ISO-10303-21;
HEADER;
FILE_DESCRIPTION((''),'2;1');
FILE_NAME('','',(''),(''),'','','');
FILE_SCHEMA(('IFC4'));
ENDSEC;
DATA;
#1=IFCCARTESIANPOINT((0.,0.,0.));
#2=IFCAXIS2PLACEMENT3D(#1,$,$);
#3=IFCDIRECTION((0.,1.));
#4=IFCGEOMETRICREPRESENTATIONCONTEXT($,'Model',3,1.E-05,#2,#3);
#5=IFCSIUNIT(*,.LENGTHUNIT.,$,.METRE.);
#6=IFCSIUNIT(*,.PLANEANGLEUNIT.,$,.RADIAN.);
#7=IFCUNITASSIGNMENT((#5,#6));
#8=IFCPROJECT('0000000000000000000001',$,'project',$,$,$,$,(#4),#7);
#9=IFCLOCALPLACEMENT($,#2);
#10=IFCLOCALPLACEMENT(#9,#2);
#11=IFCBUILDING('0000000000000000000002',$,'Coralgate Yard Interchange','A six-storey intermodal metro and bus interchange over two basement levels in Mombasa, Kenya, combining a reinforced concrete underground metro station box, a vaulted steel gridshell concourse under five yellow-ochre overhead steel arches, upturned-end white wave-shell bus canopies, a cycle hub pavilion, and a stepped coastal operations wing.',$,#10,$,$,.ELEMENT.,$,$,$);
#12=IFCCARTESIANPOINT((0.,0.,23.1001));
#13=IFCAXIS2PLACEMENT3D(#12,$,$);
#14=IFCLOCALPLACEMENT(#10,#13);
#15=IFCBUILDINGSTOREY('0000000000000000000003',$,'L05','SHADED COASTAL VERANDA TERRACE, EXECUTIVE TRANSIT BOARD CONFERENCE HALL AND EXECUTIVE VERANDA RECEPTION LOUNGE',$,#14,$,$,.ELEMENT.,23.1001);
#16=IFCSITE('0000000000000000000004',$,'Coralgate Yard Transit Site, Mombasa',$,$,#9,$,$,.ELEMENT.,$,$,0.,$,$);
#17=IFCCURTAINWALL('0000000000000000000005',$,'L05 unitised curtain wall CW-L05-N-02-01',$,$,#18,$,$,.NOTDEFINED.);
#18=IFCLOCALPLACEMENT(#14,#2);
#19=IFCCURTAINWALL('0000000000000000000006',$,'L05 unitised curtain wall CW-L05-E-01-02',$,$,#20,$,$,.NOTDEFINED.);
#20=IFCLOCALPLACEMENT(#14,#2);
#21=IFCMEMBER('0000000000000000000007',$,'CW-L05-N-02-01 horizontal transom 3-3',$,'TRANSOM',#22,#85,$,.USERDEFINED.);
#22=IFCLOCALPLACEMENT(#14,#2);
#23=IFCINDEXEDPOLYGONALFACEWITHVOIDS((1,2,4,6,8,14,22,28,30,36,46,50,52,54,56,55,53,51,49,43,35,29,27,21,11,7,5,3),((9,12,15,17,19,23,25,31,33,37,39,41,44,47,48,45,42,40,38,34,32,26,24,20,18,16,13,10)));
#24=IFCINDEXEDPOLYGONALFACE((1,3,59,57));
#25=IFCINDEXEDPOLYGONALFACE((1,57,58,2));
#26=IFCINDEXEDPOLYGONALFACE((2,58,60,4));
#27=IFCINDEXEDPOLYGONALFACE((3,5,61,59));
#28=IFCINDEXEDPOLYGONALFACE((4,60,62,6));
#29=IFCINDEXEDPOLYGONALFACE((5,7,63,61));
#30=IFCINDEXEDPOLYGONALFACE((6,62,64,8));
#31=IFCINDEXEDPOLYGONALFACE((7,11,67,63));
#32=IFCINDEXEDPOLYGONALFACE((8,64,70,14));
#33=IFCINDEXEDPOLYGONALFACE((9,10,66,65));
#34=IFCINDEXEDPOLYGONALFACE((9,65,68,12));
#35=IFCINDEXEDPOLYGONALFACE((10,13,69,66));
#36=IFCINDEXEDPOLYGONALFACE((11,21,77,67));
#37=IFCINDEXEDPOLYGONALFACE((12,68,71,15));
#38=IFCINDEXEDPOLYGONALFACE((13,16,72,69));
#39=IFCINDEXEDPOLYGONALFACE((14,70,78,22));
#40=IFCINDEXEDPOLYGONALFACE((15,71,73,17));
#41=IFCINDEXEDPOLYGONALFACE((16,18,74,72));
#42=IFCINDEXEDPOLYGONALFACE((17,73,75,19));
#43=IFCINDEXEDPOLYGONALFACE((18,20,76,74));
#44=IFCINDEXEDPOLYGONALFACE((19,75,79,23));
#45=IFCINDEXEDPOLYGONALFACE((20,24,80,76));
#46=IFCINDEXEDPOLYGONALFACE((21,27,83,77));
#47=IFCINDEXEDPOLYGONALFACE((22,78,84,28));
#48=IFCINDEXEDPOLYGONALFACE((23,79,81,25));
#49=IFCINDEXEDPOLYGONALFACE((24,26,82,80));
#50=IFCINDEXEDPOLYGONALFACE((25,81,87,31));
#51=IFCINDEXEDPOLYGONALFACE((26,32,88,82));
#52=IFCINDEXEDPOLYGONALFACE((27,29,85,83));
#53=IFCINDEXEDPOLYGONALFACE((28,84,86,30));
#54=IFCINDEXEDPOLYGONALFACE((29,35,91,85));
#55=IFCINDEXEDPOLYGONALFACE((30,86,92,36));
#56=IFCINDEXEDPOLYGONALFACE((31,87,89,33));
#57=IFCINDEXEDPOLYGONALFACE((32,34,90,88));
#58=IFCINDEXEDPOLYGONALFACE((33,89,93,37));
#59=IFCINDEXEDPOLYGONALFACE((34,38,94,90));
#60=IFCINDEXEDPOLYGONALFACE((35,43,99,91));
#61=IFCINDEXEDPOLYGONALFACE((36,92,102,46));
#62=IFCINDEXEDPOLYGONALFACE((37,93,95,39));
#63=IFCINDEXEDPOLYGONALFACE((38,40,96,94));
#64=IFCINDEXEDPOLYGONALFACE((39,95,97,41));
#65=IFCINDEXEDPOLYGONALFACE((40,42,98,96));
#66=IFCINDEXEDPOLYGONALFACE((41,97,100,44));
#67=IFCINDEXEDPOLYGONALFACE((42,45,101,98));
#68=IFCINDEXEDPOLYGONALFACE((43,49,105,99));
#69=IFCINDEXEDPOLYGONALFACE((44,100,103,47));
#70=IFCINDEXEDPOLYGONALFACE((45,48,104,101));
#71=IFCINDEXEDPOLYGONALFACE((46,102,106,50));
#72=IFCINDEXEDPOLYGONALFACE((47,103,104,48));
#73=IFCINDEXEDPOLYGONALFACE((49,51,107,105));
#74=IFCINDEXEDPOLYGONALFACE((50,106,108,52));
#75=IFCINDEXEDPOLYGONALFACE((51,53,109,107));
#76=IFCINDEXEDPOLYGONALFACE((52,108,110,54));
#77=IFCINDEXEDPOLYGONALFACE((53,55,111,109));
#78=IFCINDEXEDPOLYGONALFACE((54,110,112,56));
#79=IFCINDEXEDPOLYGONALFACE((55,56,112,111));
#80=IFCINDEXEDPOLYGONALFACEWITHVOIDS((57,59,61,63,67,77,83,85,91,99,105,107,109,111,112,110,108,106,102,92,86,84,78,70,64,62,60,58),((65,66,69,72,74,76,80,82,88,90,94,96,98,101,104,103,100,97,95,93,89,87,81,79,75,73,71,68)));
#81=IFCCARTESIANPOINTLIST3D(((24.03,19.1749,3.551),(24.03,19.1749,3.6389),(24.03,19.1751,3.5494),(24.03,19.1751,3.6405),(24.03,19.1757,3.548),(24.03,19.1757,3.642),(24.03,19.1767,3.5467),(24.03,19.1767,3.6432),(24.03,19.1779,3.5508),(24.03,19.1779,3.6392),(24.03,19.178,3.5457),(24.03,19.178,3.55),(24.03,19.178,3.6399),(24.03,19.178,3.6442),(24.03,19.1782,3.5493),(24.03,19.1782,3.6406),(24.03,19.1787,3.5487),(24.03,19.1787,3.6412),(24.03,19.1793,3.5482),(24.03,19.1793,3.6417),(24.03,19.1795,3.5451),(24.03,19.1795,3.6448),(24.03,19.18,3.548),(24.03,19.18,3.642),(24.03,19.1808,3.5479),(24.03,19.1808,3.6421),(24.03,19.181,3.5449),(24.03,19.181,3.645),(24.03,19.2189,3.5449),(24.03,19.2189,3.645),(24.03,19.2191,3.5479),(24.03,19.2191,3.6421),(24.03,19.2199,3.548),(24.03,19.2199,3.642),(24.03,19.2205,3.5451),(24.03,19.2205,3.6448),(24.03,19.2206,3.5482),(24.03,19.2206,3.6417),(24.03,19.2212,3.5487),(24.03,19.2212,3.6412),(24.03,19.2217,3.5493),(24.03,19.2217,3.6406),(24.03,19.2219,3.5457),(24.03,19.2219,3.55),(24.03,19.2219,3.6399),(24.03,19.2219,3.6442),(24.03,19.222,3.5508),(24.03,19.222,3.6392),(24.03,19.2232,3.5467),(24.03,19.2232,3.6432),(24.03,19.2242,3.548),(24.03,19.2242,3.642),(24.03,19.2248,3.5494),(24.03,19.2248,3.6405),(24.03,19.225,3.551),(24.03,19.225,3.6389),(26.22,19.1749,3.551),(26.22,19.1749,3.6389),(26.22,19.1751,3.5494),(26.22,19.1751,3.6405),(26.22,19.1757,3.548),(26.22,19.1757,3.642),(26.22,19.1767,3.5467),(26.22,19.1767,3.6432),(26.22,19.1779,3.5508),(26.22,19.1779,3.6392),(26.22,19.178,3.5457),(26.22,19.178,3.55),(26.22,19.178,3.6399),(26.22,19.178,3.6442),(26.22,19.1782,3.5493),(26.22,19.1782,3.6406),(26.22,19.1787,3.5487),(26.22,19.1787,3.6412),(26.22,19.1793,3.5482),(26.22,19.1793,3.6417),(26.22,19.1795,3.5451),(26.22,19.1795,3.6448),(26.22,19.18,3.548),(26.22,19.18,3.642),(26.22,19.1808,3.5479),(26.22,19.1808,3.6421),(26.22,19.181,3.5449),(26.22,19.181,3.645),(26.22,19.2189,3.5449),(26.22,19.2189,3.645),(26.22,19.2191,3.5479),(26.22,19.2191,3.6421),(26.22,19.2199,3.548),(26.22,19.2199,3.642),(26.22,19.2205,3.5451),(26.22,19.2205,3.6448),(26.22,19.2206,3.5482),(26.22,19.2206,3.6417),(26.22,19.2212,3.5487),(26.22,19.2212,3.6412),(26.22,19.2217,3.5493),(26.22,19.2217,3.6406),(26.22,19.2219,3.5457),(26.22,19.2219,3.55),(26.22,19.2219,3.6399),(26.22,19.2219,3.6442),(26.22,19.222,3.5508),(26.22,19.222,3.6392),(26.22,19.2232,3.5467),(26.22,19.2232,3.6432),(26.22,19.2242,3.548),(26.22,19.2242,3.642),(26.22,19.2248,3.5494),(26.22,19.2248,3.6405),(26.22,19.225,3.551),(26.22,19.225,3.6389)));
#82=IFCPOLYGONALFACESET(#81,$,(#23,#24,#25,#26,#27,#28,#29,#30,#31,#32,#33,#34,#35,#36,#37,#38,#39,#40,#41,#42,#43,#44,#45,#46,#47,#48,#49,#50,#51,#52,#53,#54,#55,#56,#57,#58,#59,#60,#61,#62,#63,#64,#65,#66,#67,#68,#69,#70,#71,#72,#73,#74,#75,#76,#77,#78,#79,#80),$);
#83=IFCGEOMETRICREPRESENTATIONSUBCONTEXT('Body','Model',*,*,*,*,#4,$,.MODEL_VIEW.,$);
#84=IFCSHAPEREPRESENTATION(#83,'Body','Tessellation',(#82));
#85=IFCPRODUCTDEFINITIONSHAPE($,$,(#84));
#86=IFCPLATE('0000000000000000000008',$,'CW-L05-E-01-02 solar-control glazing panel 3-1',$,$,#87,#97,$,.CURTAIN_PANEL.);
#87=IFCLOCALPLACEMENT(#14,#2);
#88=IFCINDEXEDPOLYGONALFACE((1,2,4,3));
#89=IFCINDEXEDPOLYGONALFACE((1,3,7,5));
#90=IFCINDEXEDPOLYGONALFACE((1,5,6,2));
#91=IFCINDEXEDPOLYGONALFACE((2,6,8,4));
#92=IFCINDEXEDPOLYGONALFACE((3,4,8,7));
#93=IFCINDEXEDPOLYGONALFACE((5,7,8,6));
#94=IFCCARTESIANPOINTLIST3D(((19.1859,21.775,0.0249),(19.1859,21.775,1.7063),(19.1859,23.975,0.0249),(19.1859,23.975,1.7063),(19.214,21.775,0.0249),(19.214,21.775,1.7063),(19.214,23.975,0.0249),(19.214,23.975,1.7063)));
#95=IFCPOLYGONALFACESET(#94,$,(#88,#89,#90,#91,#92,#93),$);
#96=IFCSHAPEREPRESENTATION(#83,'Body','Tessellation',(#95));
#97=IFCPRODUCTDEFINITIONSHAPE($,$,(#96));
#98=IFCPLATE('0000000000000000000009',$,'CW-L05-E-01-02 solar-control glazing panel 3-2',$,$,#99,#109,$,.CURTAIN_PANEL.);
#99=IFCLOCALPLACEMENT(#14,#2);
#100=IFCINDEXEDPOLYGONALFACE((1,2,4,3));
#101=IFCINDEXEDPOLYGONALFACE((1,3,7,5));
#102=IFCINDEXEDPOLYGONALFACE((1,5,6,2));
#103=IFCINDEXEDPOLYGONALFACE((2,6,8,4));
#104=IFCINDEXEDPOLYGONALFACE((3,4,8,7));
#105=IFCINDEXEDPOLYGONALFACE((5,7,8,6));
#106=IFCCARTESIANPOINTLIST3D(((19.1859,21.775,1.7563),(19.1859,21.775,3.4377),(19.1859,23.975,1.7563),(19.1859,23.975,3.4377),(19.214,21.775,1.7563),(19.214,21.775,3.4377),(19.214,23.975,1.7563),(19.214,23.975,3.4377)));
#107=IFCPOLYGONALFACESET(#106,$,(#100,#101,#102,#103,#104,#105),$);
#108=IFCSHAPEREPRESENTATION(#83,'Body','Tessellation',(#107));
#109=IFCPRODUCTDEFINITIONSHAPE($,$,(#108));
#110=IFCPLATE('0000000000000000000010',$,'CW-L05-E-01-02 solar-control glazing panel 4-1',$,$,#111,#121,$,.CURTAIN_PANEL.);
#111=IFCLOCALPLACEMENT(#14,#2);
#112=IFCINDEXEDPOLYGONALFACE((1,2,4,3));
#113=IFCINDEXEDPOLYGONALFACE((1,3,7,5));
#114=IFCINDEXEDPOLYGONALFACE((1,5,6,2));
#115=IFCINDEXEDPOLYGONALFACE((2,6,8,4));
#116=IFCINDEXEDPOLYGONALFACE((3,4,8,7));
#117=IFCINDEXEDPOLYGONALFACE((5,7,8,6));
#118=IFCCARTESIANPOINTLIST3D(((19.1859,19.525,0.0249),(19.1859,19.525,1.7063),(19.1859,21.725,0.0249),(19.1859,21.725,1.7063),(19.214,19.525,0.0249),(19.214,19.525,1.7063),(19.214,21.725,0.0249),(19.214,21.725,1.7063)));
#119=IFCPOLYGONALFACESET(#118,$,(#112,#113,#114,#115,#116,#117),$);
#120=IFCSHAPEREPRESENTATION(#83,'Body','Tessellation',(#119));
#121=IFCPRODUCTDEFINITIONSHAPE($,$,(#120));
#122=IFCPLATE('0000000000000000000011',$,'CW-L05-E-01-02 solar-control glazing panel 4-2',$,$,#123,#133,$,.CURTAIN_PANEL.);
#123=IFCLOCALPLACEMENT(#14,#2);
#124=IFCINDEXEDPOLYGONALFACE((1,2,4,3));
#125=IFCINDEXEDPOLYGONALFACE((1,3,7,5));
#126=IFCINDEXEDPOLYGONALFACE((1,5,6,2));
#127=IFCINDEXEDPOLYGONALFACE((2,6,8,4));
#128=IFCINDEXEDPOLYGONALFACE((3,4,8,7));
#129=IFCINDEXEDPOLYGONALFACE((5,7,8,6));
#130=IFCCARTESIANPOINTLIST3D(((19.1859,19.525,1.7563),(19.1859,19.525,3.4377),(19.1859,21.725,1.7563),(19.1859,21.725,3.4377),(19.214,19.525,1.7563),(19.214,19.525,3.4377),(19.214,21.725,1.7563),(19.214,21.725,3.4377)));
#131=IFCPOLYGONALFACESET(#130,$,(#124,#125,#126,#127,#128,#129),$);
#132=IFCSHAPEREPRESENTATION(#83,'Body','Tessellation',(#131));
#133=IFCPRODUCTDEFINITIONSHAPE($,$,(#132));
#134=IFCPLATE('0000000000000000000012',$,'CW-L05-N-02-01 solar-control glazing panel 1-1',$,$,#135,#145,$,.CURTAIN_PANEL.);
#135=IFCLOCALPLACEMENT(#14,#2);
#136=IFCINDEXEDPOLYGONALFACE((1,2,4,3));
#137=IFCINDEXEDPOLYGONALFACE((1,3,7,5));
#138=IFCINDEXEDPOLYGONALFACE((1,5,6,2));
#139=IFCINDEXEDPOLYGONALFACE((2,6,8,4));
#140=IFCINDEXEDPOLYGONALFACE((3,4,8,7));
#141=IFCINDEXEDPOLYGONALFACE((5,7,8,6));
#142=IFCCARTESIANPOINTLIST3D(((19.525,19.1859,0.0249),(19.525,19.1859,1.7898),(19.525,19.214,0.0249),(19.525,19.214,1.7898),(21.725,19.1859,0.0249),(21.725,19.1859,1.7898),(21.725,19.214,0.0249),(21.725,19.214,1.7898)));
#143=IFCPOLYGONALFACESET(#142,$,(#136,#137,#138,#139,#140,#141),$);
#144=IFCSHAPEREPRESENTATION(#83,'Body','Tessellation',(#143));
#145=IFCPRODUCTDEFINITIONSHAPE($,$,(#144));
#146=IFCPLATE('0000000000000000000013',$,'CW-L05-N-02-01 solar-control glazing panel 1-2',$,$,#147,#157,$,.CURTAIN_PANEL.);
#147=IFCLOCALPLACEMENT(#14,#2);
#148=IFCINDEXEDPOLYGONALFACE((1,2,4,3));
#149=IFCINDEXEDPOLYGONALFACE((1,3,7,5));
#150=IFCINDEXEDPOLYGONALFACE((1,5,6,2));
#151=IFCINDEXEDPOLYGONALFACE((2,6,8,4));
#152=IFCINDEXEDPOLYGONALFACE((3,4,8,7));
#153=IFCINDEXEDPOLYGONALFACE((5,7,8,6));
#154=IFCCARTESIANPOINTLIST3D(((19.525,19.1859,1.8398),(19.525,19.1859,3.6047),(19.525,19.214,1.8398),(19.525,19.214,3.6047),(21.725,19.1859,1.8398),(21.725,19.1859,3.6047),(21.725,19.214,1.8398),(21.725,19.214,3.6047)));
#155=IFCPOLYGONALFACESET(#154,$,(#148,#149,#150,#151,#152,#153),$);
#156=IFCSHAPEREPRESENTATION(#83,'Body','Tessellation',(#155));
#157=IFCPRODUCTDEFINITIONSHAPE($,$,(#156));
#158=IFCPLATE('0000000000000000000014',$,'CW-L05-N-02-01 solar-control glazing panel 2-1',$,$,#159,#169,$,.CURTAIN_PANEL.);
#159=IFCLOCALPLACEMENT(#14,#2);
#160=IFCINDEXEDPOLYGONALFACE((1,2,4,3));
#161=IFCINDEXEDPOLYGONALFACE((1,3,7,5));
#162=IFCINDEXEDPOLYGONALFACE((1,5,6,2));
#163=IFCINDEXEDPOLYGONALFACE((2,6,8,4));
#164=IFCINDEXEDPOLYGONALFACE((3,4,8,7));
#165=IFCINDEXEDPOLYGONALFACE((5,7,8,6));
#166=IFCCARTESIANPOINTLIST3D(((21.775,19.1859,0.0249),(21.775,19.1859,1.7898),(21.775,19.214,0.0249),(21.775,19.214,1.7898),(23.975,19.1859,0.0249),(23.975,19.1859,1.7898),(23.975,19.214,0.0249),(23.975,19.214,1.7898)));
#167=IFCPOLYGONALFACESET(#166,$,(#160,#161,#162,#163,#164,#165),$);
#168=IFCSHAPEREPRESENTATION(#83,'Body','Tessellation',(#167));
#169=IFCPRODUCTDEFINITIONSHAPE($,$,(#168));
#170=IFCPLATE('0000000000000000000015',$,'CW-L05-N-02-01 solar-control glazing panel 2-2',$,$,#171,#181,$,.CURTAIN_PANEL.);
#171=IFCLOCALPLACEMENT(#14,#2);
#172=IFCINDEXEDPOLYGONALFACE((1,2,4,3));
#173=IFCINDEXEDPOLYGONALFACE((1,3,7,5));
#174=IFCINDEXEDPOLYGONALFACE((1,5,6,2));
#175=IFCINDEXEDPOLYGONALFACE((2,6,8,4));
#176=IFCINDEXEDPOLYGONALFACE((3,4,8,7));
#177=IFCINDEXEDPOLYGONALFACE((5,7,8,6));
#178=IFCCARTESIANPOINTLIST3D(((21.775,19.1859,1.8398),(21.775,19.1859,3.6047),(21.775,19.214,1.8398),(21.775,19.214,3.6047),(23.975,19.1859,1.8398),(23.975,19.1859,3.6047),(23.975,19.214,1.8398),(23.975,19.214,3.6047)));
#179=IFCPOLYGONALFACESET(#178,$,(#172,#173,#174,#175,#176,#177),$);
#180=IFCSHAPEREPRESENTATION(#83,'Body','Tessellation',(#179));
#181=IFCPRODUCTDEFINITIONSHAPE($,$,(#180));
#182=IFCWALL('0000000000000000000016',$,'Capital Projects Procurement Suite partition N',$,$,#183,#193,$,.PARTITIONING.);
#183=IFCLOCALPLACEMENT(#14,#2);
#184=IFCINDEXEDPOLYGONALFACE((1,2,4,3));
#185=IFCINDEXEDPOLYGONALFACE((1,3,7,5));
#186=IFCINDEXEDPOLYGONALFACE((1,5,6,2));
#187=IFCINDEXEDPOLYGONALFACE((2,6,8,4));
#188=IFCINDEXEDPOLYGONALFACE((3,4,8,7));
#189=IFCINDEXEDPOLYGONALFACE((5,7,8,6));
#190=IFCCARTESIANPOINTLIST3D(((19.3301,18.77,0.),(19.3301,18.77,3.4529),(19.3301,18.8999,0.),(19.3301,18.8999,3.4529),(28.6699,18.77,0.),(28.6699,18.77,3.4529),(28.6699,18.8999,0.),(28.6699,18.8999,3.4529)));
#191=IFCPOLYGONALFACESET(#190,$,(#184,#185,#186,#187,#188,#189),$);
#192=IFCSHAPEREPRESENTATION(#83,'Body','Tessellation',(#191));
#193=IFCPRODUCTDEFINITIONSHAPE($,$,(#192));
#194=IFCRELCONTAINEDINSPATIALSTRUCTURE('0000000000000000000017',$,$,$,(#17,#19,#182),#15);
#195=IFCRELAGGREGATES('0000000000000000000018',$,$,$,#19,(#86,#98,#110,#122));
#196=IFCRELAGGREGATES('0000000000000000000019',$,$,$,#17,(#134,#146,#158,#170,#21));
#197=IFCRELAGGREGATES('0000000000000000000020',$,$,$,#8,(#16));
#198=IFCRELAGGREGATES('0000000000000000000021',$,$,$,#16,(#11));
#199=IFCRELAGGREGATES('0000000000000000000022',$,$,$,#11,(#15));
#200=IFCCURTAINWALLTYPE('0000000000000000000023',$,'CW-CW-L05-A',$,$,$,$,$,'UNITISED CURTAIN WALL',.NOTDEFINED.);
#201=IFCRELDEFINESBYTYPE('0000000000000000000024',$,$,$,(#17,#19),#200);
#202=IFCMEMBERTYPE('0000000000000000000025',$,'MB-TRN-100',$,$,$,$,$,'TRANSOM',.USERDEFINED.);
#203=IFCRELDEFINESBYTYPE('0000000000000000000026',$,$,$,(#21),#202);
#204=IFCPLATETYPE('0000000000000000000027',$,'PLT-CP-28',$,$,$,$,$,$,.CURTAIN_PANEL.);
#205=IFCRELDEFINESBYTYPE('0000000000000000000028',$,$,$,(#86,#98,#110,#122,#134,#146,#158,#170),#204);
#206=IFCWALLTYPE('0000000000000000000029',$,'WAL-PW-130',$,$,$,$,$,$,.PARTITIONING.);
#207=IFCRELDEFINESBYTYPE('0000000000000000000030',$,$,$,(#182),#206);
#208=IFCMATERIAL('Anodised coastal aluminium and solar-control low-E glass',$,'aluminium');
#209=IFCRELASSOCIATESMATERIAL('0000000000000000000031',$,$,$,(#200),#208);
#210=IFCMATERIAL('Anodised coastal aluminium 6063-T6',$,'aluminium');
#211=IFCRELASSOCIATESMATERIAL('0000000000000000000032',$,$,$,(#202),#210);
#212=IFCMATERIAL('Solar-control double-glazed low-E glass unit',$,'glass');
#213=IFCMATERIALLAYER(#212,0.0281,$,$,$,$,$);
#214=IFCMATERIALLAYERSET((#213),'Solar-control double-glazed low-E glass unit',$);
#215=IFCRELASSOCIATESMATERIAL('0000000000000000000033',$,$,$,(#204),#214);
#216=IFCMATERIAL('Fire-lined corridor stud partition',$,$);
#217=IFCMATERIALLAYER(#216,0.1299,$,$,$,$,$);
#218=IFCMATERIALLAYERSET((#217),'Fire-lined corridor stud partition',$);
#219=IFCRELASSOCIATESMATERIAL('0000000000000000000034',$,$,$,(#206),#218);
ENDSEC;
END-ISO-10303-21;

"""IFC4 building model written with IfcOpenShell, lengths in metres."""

from ifc_helpers import new_model, si_unit, direction, frame, frame_2d, origin, origin_2d, place, context, subcontext, project, spatial, rectangle, hollow_rectangle, extrude, material, layer, layer_set, material_profile, profile_set, type_object, element, aggregate, save


model = new_model("IFC4")

# Units and contexts
model_context = context("Model", 3, precision=1e-05, world=origin(), true_north=direction((0.0, 1.0)))
body_context = subcontext(model_context, "Body", "Model", "MODEL_VIEW")
ifc_project = project(units=[si_unit("LENGTHUNIT", "METRE"), si_unit("PLANEANGLEUNIT", "RADIAN")], contexts=[model_context])

# Site, building, storey
site_placement = place(None, origin())
site = spatial("IfcSite", under=ifc_project, at=site_placement, Name="Coralgate Yard Transit Site, Mombasa", CompositionType="ELEMENT", RefElevation=0.0)
building_placement = place(site_placement, origin())
building = spatial("IfcBuilding", under=site, at=building_placement, Name="Coralgate Yard Interchange", Description="A six-storey intermodal metro and bus interchange over two basement levels in Mombasa, Kenya, combining a reinforced concrete underground metro station box, a vaulted steel gridshell concourse under five yellow-ochre overhead steel arches, upturned-end white wave-shell bus canopies, a cycle hub pavilion, and a stepped coastal operations wing.", CompositionType="ELEMENT")
storey_placement = place(building_placement, frame((0.0, 0.0, 23.1001)))
storey = spatial("IfcBuildingStorey", under=building, at=storey_placement, Name="L05", Description="SHADED COASTAL VERANDA TERRACE, EXECUTIVE TRANSIT BOARD CONFERENCE HALL AND EXECUTIVE VERANDA RECEPTION LOUNGE", CompositionType="ELEMENT", Elevation=23.1001)

# Curtain walls
ifc_material_1 = material(Name="Anodised coastal aluminium and solar-control low-E glass", Category="aluminium")
curtain_wall_type = type_object("IfcCurtainWallType", Name="CW-CW-L05-A", ElementType="UNITISED CURTAIN WALL", PredefinedType="NOTDEFINED", material=ifc_material_1)
curtain_wall_1_placement = place(storey_placement, origin())
curtain_wall_1 = element("IfcCurtainWall", 1, at=curtain_wall_1_placement, inside=storey, type_object=curtain_wall_type, Name="L05 unitised curtain wall CW-L05-N-02-01", PredefinedType="NOTDEFINED")
ifc_material_2 = material(Name="Anodised coastal aluminium 6063-T6", Category="aluminium")
curtain_wall_2_placement = place(storey_placement, origin())
curtain_wall_2 = element("IfcCurtainWall", 2, at=curtain_wall_2_placement, inside=storey, type_object=curtain_wall_type, Name="L05 unitised curtain wall CW-L05-E-01-02", PredefinedType="NOTDEFINED")
ifc_material_profile_1 = material_profile(ifc_material_2, hollow_rectangle(XDim=0.05, YDim=0.1001, WallThickness=0.0029, InnerFilletRadius=0.0029, OuterFilletRadius=0.0061, at=origin_2d()), Name="ALU 50x100x3")
ifc_profile_set_1 = profile_set([ifc_material_profile_1], Name="Anodised coastal aluminium 6063-T6")
member_type_1 = type_object("IfcMemberType", Name="MB-TRN-100", ElementType="TRANSOM", PredefinedType="USERDEFINED", material=ifc_profile_set_1)

# Member
member_1_placement = place(storey_placement, frame((24.03, 19.2, 3.595), z_axis=(1.0, 0.0, 0.0), x_axis=(0.0, 1.0, 0.0)))
member_1 = element("IfcMember", 3, at=member_1_placement, type_object=member_type_1, Name="CW-L05-N-02-01 horizontal transom 3-3", ObjectType="TRANSOM", PredefinedType="USERDEFINED", context=body_context, shape_type="SweptSolid", body=[
    extrude(hollow_rectangle(XDim=0.05, YDim=0.1001, WallThickness=0.0029, InnerFilletRadius=0.0029, OuterFilletRadius=0.0061, at=origin_2d()), origin(), (0.0, 0.0, 1.0), 2.1899),
])

# Plates
ifc_material_3 = material(Name="Solar-control double-glazed low-E glass unit", Category="glass")
ifc_layer_1 = layer(ifc_material_3, 0.0281)
ifc_layer_set_1 = layer_set([ifc_layer_1], Name="Solar-control double-glazed low-E glass unit")
plate_type = type_object("IfcPlateType", Name="PLT-CP-28", PredefinedType="CURTAIN_PANEL", material=ifc_layer_set_1)
plate_1_placement = place(storey_placement, frame((19.2, 22.875, 0.0249), z_axis=(0.0, 0.0, 1.0), x_axis=(0.0, -1.0, 0.0)))
plate_1 = element("IfcPlate", 4, at=plate_1_placement, type_object=plate_type, Name="CW-L05-E-01-02 solar-control glazing panel 3-1", PredefinedType="CURTAIN_PANEL", context=body_context, shape_type="SweptSolid", body=[
    extrude(rectangle(XDim=2.2, YDim=0.0281, at=origin_2d()), origin(), (0.0, 0.0, 1.0), 1.6814),
])
plate_2_placement = place(storey_placement, frame((19.2, 22.875, 1.7563), z_axis=(0.0, 0.0, 1.0), x_axis=(0.0, -1.0, 0.0)))
plate_2 = element("IfcPlate", 5, at=plate_2_placement, type_object=plate_type, Name="CW-L05-E-01-02 solar-control glazing panel 3-2", PredefinedType="CURTAIN_PANEL", context=body_context, shape_type="SweptSolid", body=[
    extrude(rectangle(XDim=2.2, YDim=0.0281, at=origin_2d()), origin(), (0.0, 0.0, 1.0), 1.6814),
])
plate_3_placement = place(storey_placement, frame((19.2, 20.625, 0.0249), z_axis=(0.0, 0.0, 1.0), x_axis=(0.0, -1.0, 0.0)))
plate_3 = element("IfcPlate", 6, at=plate_3_placement, type_object=plate_type, Name="CW-L05-E-01-02 solar-control glazing panel 4-1", PredefinedType="CURTAIN_PANEL", context=body_context, shape_type="SweptSolid", body=[
    extrude(rectangle(XDim=2.2, YDim=0.0281, at=origin_2d()), origin(), (0.0, 0.0, 1.0), 1.6814),
])
plate_4_placement = place(storey_placement, frame((19.2, 20.625, 1.7563), z_axis=(0.0, 0.0, 1.0), x_axis=(0.0, -1.0, 0.0)))
plate_4 = element("IfcPlate", 7, at=plate_4_placement, type_object=plate_type, Name="CW-L05-E-01-02 solar-control glazing panel 4-2", PredefinedType="CURTAIN_PANEL", context=body_context, shape_type="SweptSolid", body=[
    extrude(rectangle(XDim=2.2, YDim=0.0281, at=origin_2d()), origin(), (0.0, 0.0, 1.0), 1.6814),
])
aggregate(curtain_wall_2, [plate_1, plate_2, plate_3, plate_4])
plate_5_placement = place(storey_placement, frame((20.625, 19.2, 0.0249), z_axis=(0.0, 0.0, 1.0), x_axis=(1.0, 0.0, 0.0)))
plate_5 = element("IfcPlate", 8, at=plate_5_placement, type_object=plate_type, Name="CW-L05-N-02-01 solar-control glazing panel 1-1", PredefinedType="CURTAIN_PANEL", context=body_context, shape_type="SweptSolid", body=[
    extrude(rectangle(XDim=2.2, YDim=0.0281, at=origin_2d()), origin(), (0.0, 0.0, 1.0), 1.7649),
])
plate_6_placement = place(storey_placement, frame((20.625, 19.2, 1.8398), z_axis=(0.0, 0.0, 1.0), x_axis=(1.0, 0.0, 0.0)))
plate_6 = element("IfcPlate", 9, at=plate_6_placement, type_object=plate_type, Name="CW-L05-N-02-01 solar-control glazing panel 1-2", PredefinedType="CURTAIN_PANEL", context=body_context, shape_type="SweptSolid", body=[
    extrude(rectangle(XDim=2.2, YDim=0.0281, at=origin_2d()), origin(), (0.0, 0.0, 1.0), 1.7649),
])
plate_7_placement = place(storey_placement, frame((22.875, 19.2, 0.0249), z_axis=(0.0, 0.0, 1.0), x_axis=(1.0, 0.0, 0.0)))
plate_7 = element("IfcPlate", 10, at=plate_7_placement, type_object=plate_type, Name="CW-L05-N-02-01 solar-control glazing panel 2-1", PredefinedType="CURTAIN_PANEL", context=body_context, shape_type="SweptSolid", body=[
    extrude(rectangle(XDim=2.2, YDim=0.0281, at=origin_2d()), origin(), (0.0, 0.0, 1.0), 1.7649),
])
plate_8_placement = place(storey_placement, frame((22.875, 19.2, 1.8398), z_axis=(0.0, 0.0, 1.0), x_axis=(1.0, 0.0, 0.0)))
plate_8 = element("IfcPlate", 11, at=plate_8_placement, type_object=plate_type, Name="CW-L05-N-02-01 solar-control glazing panel 2-2", PredefinedType="CURTAIN_PANEL", context=body_context, shape_type="SweptSolid", body=[
    extrude(rectangle(XDim=2.2, YDim=0.0281, at=origin_2d()), origin(), (0.0, 0.0, 1.0), 1.7649),
])
aggregate(curtain_wall_1, [plate_5, plate_6, plate_7, plate_8, member_1])

# Wall
ifc_material_4 = material(Name="Fire-lined corridor stud partition")
ifc_layer_2 = layer(ifc_material_4, 0.1299)
ifc_layer_set_2 = layer_set([ifc_layer_2], Name="Fire-lined corridor stud partition")
wall_type = type_object("IfcWallType", Name="WAL-PW-130", PredefinedType="PARTITIONING", material=ifc_layer_set_2)
wall_1_placement = place(storey_placement, frame((19.3301, 18.835, 0.0), z_axis=(0.0, 0.0, 1.0), x_axis=(1.0, 0.0, 0.0)))
element("IfcWall", 12, at=wall_1_placement, inside=storey, type_object=wall_type, Name="Capital Projects Procurement Suite partition N", PredefinedType="PARTITIONING", context=body_context, shape_type="SweptSolid", body=[
    extrude(rectangle(XDim=9.3398, YDim=0.1299, at=frame_2d((4.6699, 0.0))), origin(), (0.0, 0.0, 1.0), 3.4529),
])

save(model, "model.ifc")
